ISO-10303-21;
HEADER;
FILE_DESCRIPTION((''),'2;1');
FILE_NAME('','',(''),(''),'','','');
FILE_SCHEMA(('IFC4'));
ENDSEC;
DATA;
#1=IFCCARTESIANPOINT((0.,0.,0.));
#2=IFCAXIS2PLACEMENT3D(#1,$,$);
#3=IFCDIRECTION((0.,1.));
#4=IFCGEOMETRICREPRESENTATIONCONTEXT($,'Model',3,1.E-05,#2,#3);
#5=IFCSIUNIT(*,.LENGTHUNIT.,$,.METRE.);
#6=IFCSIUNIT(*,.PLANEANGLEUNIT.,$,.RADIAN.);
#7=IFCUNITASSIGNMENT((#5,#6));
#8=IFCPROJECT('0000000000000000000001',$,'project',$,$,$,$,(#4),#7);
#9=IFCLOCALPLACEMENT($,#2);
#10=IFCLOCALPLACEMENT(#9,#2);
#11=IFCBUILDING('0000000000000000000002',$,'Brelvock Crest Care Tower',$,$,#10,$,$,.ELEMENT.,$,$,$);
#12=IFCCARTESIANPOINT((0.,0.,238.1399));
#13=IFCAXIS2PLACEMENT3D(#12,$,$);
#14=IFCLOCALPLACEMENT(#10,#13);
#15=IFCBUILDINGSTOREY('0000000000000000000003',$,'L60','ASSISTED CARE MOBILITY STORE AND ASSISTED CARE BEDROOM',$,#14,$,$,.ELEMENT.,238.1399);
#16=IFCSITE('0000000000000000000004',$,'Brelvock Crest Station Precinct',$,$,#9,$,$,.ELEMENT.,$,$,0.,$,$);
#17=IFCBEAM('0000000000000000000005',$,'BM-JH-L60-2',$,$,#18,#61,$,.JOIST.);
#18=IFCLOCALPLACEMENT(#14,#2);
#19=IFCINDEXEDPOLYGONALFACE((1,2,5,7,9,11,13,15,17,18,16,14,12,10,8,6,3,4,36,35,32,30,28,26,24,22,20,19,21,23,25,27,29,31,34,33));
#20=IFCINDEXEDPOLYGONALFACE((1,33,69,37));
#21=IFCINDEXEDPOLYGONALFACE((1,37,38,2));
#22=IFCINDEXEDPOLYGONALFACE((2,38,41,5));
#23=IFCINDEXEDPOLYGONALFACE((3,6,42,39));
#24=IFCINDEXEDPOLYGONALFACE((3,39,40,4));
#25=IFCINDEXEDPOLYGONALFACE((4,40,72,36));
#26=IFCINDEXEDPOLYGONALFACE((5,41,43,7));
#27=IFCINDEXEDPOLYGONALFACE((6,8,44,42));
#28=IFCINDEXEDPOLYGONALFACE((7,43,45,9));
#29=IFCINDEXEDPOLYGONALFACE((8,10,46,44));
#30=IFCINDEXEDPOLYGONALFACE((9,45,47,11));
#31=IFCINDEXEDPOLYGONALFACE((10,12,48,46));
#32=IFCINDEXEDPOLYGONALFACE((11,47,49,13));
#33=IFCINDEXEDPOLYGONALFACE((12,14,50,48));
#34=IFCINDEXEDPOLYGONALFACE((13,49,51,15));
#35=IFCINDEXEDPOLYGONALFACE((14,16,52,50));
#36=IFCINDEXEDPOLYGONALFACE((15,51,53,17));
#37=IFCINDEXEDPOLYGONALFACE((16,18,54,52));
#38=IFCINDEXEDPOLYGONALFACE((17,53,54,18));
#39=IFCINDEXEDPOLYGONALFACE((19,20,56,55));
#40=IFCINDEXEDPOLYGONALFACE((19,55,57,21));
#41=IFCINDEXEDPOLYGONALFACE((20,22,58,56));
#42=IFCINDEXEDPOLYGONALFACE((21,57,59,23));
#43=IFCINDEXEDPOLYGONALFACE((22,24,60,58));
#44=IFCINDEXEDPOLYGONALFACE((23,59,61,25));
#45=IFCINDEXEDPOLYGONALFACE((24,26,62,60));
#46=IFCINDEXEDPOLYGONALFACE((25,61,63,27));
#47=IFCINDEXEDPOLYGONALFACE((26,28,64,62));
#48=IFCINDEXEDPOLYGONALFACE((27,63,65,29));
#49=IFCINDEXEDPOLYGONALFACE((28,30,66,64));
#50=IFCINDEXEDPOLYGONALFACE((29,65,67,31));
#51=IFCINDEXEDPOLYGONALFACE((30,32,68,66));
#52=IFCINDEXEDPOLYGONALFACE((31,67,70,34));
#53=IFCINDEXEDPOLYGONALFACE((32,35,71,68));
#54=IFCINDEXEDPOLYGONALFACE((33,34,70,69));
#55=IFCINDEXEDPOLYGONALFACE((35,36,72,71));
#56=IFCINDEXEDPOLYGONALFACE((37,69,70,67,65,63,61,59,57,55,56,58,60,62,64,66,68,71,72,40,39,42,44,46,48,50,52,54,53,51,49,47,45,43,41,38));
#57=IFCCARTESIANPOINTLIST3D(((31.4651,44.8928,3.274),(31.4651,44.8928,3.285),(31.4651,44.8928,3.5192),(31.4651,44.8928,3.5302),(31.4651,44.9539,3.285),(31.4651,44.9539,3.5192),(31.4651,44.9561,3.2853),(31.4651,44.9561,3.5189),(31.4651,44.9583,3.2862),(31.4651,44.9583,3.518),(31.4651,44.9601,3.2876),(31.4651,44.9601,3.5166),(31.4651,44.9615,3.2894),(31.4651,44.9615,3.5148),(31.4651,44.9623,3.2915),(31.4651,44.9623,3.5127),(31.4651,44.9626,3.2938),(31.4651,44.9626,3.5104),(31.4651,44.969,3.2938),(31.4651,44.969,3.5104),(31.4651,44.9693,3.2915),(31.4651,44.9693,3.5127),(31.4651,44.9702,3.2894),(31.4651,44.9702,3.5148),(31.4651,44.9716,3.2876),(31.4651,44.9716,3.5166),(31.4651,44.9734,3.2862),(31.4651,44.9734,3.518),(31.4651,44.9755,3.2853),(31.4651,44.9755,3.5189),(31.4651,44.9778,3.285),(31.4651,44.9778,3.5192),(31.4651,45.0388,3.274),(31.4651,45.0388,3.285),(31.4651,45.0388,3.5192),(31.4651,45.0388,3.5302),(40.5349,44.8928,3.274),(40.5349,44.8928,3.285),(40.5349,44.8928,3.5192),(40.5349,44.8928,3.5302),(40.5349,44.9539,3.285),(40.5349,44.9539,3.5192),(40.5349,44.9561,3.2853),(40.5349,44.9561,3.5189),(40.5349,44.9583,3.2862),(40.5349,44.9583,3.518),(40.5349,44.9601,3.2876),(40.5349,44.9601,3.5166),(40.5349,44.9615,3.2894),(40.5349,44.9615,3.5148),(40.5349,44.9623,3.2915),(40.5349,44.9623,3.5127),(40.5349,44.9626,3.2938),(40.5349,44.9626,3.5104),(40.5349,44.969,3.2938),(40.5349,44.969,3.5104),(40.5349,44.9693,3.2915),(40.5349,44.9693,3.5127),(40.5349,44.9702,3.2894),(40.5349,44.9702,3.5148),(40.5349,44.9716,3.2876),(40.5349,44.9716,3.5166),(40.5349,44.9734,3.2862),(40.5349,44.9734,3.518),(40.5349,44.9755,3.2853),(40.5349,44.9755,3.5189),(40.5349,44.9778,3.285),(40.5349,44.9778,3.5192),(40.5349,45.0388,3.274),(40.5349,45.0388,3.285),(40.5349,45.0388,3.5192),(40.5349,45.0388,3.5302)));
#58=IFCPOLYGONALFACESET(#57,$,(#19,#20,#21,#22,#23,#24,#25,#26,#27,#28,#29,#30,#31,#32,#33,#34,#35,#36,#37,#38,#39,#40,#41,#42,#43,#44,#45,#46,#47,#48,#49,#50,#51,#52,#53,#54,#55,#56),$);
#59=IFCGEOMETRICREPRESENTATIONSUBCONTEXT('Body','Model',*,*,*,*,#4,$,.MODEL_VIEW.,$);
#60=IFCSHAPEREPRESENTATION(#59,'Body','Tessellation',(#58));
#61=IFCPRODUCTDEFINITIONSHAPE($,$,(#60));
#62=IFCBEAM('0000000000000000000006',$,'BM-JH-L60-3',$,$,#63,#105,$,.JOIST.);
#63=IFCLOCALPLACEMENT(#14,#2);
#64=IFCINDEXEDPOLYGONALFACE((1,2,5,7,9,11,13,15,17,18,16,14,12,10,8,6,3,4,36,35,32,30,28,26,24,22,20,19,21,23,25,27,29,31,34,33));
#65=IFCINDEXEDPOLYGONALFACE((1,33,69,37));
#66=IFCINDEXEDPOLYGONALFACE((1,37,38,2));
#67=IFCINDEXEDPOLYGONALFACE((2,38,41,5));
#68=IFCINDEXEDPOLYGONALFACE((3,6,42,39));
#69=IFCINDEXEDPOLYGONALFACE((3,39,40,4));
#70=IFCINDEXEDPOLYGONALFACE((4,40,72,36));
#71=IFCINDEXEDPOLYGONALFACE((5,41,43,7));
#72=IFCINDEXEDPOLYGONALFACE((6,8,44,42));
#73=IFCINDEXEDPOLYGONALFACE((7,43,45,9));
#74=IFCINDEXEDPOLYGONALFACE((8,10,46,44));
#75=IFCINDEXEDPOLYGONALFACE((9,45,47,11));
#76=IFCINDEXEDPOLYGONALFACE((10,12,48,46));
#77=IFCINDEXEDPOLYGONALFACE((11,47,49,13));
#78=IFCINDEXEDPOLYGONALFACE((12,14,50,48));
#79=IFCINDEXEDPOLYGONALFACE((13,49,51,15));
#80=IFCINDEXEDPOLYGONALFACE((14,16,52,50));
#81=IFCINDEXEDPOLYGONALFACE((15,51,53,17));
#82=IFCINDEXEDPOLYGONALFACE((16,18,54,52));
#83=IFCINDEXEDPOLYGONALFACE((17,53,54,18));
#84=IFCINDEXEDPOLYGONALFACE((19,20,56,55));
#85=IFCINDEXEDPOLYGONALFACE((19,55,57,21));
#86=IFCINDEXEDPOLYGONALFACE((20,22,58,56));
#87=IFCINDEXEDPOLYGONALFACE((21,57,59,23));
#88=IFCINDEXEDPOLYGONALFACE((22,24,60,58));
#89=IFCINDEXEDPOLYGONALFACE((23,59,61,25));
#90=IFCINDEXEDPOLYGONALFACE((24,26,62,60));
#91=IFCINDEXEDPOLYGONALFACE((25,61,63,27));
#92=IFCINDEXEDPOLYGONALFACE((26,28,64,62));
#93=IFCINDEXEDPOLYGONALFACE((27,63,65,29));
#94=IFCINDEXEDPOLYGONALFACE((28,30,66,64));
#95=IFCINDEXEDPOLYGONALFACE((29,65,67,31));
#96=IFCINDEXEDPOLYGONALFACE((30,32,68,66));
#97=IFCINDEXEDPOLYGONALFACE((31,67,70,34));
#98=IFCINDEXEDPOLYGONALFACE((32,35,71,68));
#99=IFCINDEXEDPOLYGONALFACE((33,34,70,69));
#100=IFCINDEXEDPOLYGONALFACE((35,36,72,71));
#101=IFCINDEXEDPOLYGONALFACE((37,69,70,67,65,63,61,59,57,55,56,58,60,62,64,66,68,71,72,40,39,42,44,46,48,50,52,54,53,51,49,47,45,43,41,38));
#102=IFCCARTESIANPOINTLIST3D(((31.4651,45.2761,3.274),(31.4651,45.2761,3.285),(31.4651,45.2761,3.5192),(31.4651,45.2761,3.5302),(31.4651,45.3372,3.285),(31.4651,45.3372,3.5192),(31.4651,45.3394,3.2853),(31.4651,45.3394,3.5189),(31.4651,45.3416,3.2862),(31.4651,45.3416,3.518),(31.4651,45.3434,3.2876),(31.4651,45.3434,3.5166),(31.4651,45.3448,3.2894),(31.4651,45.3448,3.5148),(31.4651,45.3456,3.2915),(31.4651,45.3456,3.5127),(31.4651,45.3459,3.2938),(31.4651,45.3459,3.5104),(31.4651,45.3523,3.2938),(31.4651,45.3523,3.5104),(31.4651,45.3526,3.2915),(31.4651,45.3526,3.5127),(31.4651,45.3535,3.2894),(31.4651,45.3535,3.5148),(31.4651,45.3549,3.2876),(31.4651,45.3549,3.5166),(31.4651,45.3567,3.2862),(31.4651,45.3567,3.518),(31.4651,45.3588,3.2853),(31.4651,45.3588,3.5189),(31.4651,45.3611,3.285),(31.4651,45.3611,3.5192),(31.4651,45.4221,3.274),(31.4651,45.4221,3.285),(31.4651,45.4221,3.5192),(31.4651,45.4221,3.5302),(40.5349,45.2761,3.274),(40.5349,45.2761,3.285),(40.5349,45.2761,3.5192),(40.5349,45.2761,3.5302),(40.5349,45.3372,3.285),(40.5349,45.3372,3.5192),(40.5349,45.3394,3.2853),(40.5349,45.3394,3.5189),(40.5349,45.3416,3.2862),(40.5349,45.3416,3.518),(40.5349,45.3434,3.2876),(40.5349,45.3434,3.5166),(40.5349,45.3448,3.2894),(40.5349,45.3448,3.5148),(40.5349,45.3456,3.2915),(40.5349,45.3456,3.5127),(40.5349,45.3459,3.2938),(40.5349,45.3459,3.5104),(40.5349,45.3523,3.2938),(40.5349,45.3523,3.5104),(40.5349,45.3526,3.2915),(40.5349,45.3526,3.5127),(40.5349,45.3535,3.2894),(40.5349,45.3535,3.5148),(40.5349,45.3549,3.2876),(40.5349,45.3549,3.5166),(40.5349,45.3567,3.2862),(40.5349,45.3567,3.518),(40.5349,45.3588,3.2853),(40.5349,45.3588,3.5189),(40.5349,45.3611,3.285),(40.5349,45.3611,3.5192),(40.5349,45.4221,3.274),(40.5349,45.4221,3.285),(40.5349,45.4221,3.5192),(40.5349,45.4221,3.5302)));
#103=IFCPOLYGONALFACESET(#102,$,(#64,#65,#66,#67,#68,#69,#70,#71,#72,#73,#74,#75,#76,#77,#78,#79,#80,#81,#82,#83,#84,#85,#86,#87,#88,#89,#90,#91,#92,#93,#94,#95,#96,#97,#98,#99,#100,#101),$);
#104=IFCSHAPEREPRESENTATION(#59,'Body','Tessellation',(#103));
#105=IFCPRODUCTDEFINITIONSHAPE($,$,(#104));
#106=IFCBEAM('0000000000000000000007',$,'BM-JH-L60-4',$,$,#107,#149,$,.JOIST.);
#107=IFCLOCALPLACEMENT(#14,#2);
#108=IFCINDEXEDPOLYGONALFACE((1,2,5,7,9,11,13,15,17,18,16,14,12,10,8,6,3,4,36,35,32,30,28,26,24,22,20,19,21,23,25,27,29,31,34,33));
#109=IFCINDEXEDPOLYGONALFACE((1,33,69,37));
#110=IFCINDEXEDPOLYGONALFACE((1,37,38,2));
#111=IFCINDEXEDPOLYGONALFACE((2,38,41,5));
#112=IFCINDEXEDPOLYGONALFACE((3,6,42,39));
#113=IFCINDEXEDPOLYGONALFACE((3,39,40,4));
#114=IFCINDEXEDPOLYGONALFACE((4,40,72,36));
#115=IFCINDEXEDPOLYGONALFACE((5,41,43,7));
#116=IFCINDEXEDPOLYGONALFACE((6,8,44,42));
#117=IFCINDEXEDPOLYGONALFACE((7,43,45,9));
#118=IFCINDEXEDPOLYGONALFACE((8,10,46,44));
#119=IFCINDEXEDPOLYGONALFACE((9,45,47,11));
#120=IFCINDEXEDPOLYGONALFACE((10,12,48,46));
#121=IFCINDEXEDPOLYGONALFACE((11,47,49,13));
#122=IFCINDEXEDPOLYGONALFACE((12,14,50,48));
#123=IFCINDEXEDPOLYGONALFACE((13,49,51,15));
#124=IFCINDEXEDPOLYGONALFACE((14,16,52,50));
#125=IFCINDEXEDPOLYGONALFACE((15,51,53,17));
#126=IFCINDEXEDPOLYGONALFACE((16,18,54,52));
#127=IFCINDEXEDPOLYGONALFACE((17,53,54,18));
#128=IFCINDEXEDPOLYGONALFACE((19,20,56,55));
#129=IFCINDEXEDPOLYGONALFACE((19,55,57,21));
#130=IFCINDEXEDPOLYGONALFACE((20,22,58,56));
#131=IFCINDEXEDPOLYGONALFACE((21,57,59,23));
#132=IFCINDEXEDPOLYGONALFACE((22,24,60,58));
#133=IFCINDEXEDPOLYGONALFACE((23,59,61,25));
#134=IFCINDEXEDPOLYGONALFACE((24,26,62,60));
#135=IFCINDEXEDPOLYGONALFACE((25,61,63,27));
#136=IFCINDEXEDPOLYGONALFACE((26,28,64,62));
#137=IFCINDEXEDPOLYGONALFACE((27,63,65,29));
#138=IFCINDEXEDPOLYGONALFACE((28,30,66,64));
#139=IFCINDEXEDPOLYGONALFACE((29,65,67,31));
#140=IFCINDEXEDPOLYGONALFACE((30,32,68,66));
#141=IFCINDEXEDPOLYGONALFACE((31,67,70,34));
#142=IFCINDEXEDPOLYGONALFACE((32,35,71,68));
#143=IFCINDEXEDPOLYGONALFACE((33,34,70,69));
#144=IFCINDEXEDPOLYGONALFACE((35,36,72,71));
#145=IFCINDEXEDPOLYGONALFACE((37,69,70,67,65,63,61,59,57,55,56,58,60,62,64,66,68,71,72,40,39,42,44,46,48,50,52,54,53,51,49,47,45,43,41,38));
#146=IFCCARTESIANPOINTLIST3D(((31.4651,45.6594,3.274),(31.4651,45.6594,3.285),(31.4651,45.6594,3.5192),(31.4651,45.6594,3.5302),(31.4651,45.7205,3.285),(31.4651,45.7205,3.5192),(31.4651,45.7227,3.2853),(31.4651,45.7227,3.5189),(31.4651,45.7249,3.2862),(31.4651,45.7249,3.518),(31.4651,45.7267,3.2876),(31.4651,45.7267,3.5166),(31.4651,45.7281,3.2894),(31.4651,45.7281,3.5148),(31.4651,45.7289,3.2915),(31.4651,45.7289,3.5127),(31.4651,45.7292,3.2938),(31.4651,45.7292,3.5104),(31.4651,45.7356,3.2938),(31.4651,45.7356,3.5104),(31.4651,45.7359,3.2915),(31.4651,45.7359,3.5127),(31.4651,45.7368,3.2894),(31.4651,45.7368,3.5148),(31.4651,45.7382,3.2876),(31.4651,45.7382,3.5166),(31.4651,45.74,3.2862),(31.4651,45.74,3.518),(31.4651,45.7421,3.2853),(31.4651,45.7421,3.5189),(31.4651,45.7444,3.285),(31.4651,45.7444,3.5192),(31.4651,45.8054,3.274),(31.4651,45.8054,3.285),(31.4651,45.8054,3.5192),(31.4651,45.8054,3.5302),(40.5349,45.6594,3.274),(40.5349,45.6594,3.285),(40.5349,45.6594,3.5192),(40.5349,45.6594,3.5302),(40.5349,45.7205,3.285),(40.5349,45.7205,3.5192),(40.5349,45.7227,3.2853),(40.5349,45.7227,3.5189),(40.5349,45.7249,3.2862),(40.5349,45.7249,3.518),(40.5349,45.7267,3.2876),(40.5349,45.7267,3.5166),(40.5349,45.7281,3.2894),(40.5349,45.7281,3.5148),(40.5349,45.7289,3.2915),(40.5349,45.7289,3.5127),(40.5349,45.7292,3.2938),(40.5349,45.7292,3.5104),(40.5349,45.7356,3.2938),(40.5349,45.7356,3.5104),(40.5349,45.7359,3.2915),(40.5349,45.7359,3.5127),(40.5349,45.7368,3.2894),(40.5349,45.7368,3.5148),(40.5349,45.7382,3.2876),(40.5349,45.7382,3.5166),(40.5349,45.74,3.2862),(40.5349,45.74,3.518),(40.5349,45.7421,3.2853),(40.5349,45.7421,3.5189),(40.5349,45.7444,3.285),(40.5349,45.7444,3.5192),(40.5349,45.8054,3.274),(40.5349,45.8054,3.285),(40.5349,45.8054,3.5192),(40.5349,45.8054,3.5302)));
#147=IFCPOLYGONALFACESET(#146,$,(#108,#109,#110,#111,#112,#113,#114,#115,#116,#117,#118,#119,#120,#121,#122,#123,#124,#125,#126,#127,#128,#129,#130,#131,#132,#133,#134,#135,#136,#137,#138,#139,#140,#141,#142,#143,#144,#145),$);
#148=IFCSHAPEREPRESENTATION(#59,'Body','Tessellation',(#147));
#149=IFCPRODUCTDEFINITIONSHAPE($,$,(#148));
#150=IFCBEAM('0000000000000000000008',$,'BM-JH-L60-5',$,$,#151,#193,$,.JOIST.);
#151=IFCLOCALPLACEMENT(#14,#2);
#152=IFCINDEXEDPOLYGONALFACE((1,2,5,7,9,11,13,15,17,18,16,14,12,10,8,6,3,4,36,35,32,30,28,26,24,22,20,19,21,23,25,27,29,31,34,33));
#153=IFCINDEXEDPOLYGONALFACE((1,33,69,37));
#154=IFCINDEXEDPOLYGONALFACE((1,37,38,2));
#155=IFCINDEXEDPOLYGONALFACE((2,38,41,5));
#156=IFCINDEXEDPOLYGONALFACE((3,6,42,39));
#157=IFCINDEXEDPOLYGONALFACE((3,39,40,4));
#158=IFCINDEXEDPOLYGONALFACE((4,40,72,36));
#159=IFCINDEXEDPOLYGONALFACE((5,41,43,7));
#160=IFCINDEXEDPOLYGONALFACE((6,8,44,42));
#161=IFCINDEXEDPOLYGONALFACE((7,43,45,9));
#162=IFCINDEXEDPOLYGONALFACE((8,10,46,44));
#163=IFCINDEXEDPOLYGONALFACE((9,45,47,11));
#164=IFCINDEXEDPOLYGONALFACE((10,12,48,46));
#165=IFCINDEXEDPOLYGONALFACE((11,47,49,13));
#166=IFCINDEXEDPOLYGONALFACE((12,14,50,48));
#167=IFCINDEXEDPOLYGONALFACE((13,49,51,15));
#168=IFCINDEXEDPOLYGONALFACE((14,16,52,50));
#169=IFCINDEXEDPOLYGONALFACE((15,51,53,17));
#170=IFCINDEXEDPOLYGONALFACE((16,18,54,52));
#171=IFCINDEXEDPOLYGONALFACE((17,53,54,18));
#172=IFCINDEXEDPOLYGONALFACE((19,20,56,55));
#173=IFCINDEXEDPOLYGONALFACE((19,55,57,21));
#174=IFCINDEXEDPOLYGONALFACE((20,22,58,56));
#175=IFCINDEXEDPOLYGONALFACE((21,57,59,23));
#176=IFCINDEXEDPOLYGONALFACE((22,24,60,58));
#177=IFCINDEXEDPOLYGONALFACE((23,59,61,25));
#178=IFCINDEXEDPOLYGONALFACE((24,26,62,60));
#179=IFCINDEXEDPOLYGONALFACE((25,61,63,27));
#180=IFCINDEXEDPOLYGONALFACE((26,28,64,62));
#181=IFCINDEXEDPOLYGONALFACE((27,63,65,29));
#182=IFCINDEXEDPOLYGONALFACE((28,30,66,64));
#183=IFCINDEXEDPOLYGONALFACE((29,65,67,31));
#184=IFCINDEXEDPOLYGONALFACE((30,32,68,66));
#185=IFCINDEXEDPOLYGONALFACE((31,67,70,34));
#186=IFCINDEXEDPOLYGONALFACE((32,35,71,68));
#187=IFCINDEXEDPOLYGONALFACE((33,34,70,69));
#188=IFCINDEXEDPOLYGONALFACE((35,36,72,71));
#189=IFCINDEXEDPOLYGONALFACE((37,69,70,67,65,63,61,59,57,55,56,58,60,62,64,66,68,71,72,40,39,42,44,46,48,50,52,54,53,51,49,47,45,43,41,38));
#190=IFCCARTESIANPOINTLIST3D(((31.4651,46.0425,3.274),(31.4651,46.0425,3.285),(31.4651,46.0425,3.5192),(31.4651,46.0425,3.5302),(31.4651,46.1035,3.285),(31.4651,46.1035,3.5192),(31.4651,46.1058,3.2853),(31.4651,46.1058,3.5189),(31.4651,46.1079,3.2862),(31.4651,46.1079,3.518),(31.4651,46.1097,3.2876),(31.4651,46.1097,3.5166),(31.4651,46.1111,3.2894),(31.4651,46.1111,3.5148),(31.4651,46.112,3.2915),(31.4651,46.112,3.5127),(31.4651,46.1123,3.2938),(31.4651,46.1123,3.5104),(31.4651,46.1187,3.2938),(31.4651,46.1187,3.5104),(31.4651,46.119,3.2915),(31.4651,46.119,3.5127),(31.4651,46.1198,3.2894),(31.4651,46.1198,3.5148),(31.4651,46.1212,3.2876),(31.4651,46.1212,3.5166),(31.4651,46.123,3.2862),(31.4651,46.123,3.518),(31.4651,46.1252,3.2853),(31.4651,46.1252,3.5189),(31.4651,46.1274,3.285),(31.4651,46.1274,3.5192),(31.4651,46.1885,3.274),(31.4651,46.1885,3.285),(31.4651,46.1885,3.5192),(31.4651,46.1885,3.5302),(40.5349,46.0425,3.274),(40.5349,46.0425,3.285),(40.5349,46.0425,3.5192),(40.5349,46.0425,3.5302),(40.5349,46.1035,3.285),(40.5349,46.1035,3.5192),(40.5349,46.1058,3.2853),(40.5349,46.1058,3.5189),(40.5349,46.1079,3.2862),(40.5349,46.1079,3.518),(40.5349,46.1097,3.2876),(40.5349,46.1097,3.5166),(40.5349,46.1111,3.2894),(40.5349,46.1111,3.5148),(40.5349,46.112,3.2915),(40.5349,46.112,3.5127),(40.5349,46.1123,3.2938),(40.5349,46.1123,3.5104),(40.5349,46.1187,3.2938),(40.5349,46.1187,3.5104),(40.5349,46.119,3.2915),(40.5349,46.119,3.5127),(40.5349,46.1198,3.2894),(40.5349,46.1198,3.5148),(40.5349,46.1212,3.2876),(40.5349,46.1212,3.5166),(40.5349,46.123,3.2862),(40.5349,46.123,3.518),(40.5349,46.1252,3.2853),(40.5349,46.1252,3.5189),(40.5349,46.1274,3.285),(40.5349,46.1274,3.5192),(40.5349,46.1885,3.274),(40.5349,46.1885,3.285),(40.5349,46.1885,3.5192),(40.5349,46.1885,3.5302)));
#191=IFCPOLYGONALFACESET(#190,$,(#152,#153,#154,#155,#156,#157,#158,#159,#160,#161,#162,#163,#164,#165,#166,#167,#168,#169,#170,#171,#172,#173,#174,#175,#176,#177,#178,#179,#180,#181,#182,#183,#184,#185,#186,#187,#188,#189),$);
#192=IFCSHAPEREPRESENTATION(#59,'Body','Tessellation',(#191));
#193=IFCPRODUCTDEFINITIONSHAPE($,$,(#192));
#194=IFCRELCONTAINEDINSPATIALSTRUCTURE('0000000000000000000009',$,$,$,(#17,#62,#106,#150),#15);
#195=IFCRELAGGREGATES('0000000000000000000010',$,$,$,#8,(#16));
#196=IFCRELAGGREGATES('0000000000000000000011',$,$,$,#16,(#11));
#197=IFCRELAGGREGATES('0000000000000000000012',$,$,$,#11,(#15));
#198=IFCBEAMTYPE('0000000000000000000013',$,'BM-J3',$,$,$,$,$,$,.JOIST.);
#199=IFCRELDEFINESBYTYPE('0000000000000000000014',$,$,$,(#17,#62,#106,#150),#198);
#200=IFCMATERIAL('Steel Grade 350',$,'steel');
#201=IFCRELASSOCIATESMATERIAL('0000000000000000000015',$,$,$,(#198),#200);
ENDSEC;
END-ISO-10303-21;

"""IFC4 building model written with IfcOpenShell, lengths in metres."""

from ifc_helpers import new_model, si_unit, direction, frame, origin, origin_2d, place, context, subcontext, project, spatial, i_section, extrude, source, transform, mapped, material, material_profile, profile_set, type_object, element, save


model = new_model("IFC4")

# Units and contexts
model_context = context("Model", 3, precision=1e-05, world=origin(), true_north=direction((0.0, 1.0)))
body_context = subcontext(model_context, "Body", "Model", "MODEL_VIEW")
ifc_project = project(units=[si_unit("LENGTHUNIT", "METRE"), si_unit("PLANEANGLEUNIT", "RADIAN")], contexts=[model_context])

# Site, building, storey
site_placement = place(None, origin())
site = spatial("IfcSite", under=ifc_project, at=site_placement, Name="Brelvock Crest Station Precinct", CompositionType="ELEMENT", RefElevation=0.0)
building_placement = place(site_placement, origin())
building = spatial("IfcBuilding", under=site, at=building_placement, Name="Brelvock Crest Care Tower", CompositionType="ELEMENT")
storey_placement = place(building_placement, frame((0.0, 0.0, 238.1399)))
storey = spatial("IfcBuildingStorey", under=building, at=storey_placement, Name="L60", Description="ASSISTED CARE MOBILITY STORE AND ASSISTED CARE BEDROOM", CompositionType="ELEMENT", Elevation=238.1399)

# Beams
ifc_material_1 = material(Name="Steel Grade 350", Category="steel")
ifc_material_profile_1 = material_profile(ifc_material_1, i_section(OverallWidth=0.146, OverallDepth=0.2561, WebThickness=0.0063, FlangeThickness=0.011, FilletRadius=0.0088, at=origin_2d()), Name="250UB37.3")
ifc_profile_set_1 = profile_set([ifc_material_profile_1], Name="Steel Grade 350")
beam_type_1 = type_object("IfcBeamType", Name="BM-J3", PredefinedType="JOIST", material=ifc_profile_set_1)
shared_shape_1 = source(origin(), body_context, "Body", "SweptSolid", [
    extrude(i_section(OverallWidth=0.146, OverallDepth=0.2561, WebThickness=0.0063, FlangeThickness=0.011, FilletRadius=0.0088, at=origin_2d()), origin(), (0.0, 0.0, 1.0), 9.0698),
])
for number, where, z_axis, x_axis, name in (
    (1, (31.4651, 44.9658, 3.4021), (1.0, 0.0, 0.0), (0.0, 1.0, 0.0), "BM-JH-L60-2"),
    (2, (31.4651, 45.3491, 3.4021), (1.0, 0.0, 0.0), (0.0, 1.0, 0.0), "BM-JH-L60-3"),
    (3, (31.4651, 45.7324, 3.4021), (1.0, 0.0, 0.0), (0.0, 1.0, 0.0), "BM-JH-L60-4"),
    (4, (31.4651, 46.1155, 3.4021), (1.0, 0.0, 0.0), (0.0, 1.0, 0.0), "BM-JH-L60-5"),
):
    element("IfcBeam", number, at=place(storey_placement, frame(where, z_axis=z_axis, x_axis=x_axis)), inside=storey, type_object=beam_type_1, Name=name, PredefinedType="JOIST", context=body_context, shape_type="MappedRepresentation", body=[
        mapped(shared_shape_1, transform((0.0, 0.0, 0.0), x_axis=(1.0, 0.0, 0.0), y_axis=(0.0, 1.0, 0.0), z_axis=(0.0, 0.0, 1.0), scale=1.0)),
    ])

save(model, "model.ifc")
